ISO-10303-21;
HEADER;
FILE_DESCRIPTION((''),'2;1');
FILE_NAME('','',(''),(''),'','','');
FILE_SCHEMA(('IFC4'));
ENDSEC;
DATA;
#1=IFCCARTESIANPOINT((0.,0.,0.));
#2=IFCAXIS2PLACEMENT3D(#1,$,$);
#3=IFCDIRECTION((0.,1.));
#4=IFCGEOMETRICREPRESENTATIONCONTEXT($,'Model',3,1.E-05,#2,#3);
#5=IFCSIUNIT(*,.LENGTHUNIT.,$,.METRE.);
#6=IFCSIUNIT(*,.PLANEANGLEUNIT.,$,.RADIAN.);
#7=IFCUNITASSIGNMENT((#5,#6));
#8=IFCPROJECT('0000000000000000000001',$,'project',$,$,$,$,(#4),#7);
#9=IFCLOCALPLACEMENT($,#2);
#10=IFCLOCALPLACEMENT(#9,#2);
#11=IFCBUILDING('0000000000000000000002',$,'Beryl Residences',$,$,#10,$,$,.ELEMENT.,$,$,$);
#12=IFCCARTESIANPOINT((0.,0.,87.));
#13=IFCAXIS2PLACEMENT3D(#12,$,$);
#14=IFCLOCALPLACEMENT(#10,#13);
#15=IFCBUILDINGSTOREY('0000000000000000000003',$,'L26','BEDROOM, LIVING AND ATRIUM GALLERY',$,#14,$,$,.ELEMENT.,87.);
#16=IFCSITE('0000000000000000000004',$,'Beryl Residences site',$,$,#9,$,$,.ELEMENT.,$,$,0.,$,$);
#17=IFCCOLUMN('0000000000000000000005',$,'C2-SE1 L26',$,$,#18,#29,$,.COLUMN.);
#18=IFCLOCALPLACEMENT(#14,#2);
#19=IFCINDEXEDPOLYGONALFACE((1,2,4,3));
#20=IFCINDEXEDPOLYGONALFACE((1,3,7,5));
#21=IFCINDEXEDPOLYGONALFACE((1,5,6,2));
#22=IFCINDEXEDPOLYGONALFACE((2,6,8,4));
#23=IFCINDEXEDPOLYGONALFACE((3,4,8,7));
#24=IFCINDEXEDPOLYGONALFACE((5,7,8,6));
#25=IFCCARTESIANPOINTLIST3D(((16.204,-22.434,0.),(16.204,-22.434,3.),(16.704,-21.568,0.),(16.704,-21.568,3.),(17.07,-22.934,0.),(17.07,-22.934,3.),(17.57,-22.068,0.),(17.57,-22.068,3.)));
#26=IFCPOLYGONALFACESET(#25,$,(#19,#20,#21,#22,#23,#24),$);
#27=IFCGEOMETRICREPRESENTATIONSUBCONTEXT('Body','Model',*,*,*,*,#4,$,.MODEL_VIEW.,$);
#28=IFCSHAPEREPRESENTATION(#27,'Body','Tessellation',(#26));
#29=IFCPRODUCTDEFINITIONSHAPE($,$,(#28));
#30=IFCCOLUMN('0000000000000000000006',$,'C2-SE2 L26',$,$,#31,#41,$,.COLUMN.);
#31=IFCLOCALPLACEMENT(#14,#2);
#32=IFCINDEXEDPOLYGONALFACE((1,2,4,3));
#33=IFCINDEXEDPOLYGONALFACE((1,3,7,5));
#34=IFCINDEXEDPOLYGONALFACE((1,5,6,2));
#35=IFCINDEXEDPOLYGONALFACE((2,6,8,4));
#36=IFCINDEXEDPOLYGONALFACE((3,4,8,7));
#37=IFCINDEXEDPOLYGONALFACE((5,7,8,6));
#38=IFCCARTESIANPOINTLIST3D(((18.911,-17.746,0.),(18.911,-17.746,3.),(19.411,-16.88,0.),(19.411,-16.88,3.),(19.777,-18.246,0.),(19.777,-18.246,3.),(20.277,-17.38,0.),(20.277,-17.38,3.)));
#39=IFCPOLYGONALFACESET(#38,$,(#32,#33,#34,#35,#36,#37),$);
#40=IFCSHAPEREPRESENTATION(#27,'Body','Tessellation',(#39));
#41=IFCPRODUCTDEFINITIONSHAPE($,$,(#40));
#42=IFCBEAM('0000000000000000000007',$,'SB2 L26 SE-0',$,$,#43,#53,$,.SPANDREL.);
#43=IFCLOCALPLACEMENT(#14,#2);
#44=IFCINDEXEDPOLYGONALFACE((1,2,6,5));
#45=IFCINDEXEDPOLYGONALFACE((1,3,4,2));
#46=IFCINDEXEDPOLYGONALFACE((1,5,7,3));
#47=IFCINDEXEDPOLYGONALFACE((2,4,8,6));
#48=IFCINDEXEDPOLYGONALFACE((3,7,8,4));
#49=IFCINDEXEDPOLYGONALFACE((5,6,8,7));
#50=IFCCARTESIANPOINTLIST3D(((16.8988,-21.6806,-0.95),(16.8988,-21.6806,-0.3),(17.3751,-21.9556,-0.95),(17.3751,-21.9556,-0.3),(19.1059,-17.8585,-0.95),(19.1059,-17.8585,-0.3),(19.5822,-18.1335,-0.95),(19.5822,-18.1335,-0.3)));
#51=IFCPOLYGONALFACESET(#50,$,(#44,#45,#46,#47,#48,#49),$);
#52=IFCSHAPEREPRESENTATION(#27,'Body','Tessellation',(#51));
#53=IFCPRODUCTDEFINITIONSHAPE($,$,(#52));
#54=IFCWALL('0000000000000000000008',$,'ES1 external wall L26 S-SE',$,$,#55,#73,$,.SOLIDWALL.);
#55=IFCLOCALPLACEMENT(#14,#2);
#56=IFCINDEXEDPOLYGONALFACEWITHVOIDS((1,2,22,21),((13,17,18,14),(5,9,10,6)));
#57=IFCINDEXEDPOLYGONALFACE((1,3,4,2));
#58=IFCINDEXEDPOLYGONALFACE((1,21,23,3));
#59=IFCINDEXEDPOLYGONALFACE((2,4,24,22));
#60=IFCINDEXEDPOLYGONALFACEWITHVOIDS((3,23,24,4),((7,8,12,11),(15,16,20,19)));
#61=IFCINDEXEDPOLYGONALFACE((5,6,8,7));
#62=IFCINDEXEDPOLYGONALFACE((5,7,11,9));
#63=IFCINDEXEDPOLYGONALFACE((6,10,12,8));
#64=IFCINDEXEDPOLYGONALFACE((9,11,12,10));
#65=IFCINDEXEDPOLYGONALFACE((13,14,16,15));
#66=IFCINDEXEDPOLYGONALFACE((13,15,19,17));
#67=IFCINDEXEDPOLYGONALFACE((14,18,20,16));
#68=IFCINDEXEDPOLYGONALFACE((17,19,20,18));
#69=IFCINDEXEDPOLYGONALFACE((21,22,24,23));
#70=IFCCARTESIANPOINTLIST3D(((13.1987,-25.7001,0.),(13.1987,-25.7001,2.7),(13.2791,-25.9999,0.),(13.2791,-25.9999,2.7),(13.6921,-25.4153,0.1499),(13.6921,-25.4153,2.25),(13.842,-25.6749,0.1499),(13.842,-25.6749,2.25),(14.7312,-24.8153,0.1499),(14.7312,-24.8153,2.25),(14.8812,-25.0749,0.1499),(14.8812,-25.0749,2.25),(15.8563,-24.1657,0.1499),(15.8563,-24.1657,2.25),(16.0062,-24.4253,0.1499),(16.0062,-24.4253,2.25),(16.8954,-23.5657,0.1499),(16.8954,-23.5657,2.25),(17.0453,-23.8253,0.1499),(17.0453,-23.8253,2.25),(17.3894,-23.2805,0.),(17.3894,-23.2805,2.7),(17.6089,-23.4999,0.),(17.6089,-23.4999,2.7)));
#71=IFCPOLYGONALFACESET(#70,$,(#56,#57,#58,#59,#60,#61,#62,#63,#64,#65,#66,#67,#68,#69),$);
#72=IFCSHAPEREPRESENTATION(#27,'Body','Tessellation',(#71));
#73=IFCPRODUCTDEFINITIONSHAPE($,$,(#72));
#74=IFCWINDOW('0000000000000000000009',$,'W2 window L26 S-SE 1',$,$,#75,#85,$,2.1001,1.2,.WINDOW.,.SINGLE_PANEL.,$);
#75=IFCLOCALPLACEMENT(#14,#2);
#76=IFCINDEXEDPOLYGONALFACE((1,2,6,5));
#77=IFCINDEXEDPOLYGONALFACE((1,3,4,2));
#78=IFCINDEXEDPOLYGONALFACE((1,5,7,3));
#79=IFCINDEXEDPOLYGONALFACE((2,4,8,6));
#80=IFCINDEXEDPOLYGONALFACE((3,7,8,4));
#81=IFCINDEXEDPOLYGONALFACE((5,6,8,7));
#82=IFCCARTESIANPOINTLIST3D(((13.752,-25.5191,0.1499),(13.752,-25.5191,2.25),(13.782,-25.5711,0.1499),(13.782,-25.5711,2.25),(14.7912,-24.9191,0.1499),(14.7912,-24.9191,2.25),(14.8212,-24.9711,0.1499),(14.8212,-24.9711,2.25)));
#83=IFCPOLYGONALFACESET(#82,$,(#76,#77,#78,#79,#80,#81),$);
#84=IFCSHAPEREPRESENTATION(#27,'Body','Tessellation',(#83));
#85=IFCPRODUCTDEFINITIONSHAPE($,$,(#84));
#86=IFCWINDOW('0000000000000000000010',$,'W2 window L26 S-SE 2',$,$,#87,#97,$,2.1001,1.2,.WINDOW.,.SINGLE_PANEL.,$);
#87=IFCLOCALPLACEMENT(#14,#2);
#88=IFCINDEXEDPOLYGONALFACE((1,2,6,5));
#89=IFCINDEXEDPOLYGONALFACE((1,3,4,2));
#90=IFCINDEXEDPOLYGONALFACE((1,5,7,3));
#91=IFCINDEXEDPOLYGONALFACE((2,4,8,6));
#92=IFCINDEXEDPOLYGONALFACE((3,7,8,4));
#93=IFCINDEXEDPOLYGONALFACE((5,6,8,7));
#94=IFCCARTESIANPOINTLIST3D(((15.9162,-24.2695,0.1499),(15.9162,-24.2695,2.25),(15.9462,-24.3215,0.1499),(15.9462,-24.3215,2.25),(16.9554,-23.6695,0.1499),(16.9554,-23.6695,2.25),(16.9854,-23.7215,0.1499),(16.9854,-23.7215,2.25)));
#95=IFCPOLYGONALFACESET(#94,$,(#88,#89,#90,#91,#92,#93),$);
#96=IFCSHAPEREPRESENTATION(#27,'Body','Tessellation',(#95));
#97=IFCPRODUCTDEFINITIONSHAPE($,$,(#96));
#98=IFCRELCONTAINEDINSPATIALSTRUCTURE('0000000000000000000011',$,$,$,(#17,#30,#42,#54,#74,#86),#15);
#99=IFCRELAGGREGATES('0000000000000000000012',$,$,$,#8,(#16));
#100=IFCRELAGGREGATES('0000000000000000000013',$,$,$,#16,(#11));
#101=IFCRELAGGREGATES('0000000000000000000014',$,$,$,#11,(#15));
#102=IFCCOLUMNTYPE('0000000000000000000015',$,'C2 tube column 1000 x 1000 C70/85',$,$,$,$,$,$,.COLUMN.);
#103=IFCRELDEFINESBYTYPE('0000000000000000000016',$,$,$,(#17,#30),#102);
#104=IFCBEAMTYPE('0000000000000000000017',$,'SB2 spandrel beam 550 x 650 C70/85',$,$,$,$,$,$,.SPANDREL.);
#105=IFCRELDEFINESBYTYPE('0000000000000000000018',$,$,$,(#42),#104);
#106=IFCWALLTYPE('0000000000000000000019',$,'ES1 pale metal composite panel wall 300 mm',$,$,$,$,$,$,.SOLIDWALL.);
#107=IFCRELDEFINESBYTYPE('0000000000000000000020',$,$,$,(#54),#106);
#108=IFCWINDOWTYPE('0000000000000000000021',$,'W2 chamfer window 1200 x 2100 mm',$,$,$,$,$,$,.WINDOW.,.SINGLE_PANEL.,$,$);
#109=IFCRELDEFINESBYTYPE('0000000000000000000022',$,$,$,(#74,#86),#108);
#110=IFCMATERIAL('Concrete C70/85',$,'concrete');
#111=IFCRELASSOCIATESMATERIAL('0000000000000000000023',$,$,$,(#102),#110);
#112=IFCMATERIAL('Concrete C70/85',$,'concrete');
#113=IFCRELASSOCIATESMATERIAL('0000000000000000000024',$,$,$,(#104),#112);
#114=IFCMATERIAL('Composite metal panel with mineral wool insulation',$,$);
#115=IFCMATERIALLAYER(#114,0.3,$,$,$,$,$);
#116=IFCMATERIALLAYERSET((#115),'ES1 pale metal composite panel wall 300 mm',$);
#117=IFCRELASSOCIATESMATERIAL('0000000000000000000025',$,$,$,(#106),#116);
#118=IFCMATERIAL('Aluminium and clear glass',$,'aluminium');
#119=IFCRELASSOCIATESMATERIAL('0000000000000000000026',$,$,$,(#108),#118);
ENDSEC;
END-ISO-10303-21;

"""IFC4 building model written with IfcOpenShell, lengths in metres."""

from ifc_helpers import new_model, si_unit, direction, frame, frame_2d, origin, origin_2d, place, context, subcontext, project, spatial, polyline, rectangle, outline, extrude, material, layer, layer_set, material_profile, profile_set, type_object, element, fill, save


model = new_model("IFC4")

# Units and contexts
model_context = context("Model", 3, precision=1e-05, world=origin(), true_north=direction((0.0, 1.0)))
body_context = subcontext(model_context, "Body", "Model", "MODEL_VIEW")
ifc_project = project(units=[si_unit("LENGTHUNIT", "METRE"), si_unit("PLANEANGLEUNIT", "RADIAN")], contexts=[model_context])

# Site, building, storey
site_placement = place(None, origin())
site = spatial("IfcSite", under=ifc_project, at=site_placement, Name="Beryl Residences site", CompositionType="ELEMENT", RefElevation=0.0)
building_placement = place(site_placement, origin())
building = spatial("IfcBuilding", under=site, at=building_placement, Name="Beryl Residences", CompositionType="ELEMENT")
storey_placement = place(building_placement, frame((0.0, 0.0, 87.0)))
storey = spatial("IfcBuildingStorey", under=building, at=storey_placement, Name="L26", Description="BEDROOM, LIVING AND ATRIUM GALLERY", CompositionType="ELEMENT", Elevation=87.0)

# Columns
ifc_material_1 = material(Name="Concrete C70/85", Category="concrete")
ifc_material_profile_1 = material_profile(ifc_material_1, rectangle(XDim=1.0, YDim=1.0, at=origin_2d()))
ifc_profile_set_1 = profile_set([ifc_material_profile_1], Name="Concrete C70/85")
column_type = type_object("IfcColumnType", Name="C2 tube column 1000 x 1000 C70/85", PredefinedType="COLUMN", material=ifc_profile_set_1)
for number, where, z_axis, x_axis, name in (
    (1, (16.887, -22.251, 0.0), (0.0, 0.0, 1.0), (0.5, 0.866025, 0.0), "C2-SE1 L26"),
    (2, (19.594, -17.563, 0.0), (0.0, 0.0, 1.0), (0.5, 0.866025, 0.0), "C2-SE2 L26"),
):
    element("IfcColumn", number, at=place(storey_placement, frame(where, z_axis=z_axis, x_axis=x_axis)), inside=storey, type_object=column_type, Name=name, PredefinedType="COLUMN", context=body_context, shape_type="SweptSolid", body=[
        extrude(rectangle(XDim=1.0, YDim=1.0, at=origin_2d()), origin(), (0.0, 0.0, 1.0), 3.0),
    ])

# Beam
ifc_material_2 = material(Name="Concrete C70/85", Category="concrete")
ifc_material_profile_2 = material_profile(ifc_material_2, rectangle(XDim=0.55, YDim=0.6499, at=origin_2d()))
ifc_profile_set_2 = profile_set([ifc_material_profile_2], Name="Concrete C70/85")
beam_type = type_object("IfcBeamType", Name="SB2 spandrel beam 550 x 650 C70/85", PredefinedType="SPANDREL", material=ifc_profile_set_2)
beam_placement = place(storey_placement, frame((17.137, -21.8181, -0.625), z_axis=(0.500066, 0.865988, 0.0), x_axis=(-0.865988, 0.500066, 0.0)))
element("IfcBeam", 3, at=beam_placement, inside=storey, type_object=beam_type, Name="SB2 L26 SE-0", PredefinedType="SPANDREL", context=body_context, shape_type="SweptSolid", body=[
    extrude(rectangle(XDim=0.55, YDim=0.6499, at=origin_2d()), origin(), (0.0, 0.0, 1.0), 4.4136),
])

# Wall, openings, windows
ifc_material_3 = material(Name="Composite metal panel with mineral wool insulation")
ifc_layer_1 = layer(ifc_material_3, 0.3)
ifc_layer_set_1 = layer_set([ifc_layer_1], Name="ES1 pale metal composite panel wall 300 mm")
wall_type_1 = type_object("IfcWallType", Name="ES1 pale metal composite panel wall 300 mm", PredefinedType="SOLIDWALL", material=ifc_layer_set_1)
wall_1_placement = place(storey_placement, frame((13.2041, -25.8701, 0.0), z_axis=(0.0, 0.0, 1.0), x_axis=(0.866011, 0.500025, 0.0)))
wall_1 = element("IfcWall", 4, at=wall_1_placement, inside=storey, type_object=wall_type_1, Name="ES1 external wall L26 S-SE", PredefinedType="SOLIDWALL", context=body_context, shape_type="SweptSolid", body=[
    extrude(outline(polyline([(0.0, -0.1499), (4.9998, -0.1499), (4.9194, 0.1499), (0.0803, 0.1499), (0.0, -0.1499)])), origin(), (0.0, 0.0, 1.0), 2.7),
])
opening_1_placement = place(wall_1_placement, frame((0.6499, 0.0, 0.1499)))
opening_1 = element("IfcOpeningElement", 5, at=opening_1_placement, cuts=wall_1, PredefinedType="OPENING", context=body_context, shape_type="SweptSolid", body=[
    extrude(rectangle(XDim=1.2, YDim=2.1001, at=frame_2d((0.6001, 1.05))), frame((0.0, 0.1599, 0.0), z_axis=(0.0, -1.0, 0.0), x_axis=(1.0, 0.0, 0.0)), (0.0, 0.0, 1.0), 0.3201),
])
opening_2_placement = place(wall_1_placement, frame((3.1489, 0.0, 0.1499)))
opening_2 = element("IfcOpeningElement", 6, at=opening_2_placement, cuts=wall_1, PredefinedType="OPENING", context=body_context, shape_type="SweptSolid", body=[
    extrude(rectangle(XDim=1.2, YDim=2.1001, at=frame_2d((0.6001, 1.05))), frame((0.0, 0.1599, 0.0), z_axis=(0.0, -1.0, 0.0), x_axis=(1.0, 0.0, 0.0)), (0.0, 0.0, 1.0), 0.3201),
])
ifc_material_4 = material(Name="Aluminium and clear glass", Category="aluminium")
window_type_1 = type_object("IfcWindowType", Name="W2 chamfer window 1200 x 2100 mm", PartitioningType="SINGLE_PANEL", PredefinedType="WINDOW", material=ifc_material_4)
window_1_placement = place(opening_1_placement, origin())
window_1 = element("IfcWindow", 7, at=window_1_placement, inside=storey, type_object=window_type_1, Name="W2 window L26 S-SE 1", OverallHeight=2.1001, OverallWidth=1.2, PartitioningType="SINGLE_PANEL", PredefinedType="WINDOW", context=body_context, shape_type="SweptSolid", body=[
    extrude(rectangle(XDim=1.2, YDim=2.1001, at=frame_2d((0.6001, 1.05))), frame((0.0, 0.03, 0.0), z_axis=(0.0, -1.0, 0.0), x_axis=(1.0, 0.0, 0.0)), (0.0, 0.0, 1.0), 0.0601),
])
fill(opening_1, window_1)
window_2_placement = place(opening_2_placement, origin())
window_2 = element("IfcWindow", 8, at=window_2_placement, inside=storey, type_object=window_type_1, Name="W2 window L26 S-SE 2", OverallHeight=2.1001, OverallWidth=1.2, PartitioningType="SINGLE_PANEL", PredefinedType="WINDOW", context=body_context, shape_type="SweptSolid", body=[
    extrude(rectangle(XDim=1.2, YDim=2.1001, at=frame_2d((0.6001, 1.05))), frame((0.0, 0.03, 0.0), z_axis=(0.0, -1.0, 0.0), x_axis=(1.0, 0.0, 0.0)), (0.0, 0.0, 1.0), 0.0601),
])
fill(opening_2, window_2)

save(model, "model.ifc")
